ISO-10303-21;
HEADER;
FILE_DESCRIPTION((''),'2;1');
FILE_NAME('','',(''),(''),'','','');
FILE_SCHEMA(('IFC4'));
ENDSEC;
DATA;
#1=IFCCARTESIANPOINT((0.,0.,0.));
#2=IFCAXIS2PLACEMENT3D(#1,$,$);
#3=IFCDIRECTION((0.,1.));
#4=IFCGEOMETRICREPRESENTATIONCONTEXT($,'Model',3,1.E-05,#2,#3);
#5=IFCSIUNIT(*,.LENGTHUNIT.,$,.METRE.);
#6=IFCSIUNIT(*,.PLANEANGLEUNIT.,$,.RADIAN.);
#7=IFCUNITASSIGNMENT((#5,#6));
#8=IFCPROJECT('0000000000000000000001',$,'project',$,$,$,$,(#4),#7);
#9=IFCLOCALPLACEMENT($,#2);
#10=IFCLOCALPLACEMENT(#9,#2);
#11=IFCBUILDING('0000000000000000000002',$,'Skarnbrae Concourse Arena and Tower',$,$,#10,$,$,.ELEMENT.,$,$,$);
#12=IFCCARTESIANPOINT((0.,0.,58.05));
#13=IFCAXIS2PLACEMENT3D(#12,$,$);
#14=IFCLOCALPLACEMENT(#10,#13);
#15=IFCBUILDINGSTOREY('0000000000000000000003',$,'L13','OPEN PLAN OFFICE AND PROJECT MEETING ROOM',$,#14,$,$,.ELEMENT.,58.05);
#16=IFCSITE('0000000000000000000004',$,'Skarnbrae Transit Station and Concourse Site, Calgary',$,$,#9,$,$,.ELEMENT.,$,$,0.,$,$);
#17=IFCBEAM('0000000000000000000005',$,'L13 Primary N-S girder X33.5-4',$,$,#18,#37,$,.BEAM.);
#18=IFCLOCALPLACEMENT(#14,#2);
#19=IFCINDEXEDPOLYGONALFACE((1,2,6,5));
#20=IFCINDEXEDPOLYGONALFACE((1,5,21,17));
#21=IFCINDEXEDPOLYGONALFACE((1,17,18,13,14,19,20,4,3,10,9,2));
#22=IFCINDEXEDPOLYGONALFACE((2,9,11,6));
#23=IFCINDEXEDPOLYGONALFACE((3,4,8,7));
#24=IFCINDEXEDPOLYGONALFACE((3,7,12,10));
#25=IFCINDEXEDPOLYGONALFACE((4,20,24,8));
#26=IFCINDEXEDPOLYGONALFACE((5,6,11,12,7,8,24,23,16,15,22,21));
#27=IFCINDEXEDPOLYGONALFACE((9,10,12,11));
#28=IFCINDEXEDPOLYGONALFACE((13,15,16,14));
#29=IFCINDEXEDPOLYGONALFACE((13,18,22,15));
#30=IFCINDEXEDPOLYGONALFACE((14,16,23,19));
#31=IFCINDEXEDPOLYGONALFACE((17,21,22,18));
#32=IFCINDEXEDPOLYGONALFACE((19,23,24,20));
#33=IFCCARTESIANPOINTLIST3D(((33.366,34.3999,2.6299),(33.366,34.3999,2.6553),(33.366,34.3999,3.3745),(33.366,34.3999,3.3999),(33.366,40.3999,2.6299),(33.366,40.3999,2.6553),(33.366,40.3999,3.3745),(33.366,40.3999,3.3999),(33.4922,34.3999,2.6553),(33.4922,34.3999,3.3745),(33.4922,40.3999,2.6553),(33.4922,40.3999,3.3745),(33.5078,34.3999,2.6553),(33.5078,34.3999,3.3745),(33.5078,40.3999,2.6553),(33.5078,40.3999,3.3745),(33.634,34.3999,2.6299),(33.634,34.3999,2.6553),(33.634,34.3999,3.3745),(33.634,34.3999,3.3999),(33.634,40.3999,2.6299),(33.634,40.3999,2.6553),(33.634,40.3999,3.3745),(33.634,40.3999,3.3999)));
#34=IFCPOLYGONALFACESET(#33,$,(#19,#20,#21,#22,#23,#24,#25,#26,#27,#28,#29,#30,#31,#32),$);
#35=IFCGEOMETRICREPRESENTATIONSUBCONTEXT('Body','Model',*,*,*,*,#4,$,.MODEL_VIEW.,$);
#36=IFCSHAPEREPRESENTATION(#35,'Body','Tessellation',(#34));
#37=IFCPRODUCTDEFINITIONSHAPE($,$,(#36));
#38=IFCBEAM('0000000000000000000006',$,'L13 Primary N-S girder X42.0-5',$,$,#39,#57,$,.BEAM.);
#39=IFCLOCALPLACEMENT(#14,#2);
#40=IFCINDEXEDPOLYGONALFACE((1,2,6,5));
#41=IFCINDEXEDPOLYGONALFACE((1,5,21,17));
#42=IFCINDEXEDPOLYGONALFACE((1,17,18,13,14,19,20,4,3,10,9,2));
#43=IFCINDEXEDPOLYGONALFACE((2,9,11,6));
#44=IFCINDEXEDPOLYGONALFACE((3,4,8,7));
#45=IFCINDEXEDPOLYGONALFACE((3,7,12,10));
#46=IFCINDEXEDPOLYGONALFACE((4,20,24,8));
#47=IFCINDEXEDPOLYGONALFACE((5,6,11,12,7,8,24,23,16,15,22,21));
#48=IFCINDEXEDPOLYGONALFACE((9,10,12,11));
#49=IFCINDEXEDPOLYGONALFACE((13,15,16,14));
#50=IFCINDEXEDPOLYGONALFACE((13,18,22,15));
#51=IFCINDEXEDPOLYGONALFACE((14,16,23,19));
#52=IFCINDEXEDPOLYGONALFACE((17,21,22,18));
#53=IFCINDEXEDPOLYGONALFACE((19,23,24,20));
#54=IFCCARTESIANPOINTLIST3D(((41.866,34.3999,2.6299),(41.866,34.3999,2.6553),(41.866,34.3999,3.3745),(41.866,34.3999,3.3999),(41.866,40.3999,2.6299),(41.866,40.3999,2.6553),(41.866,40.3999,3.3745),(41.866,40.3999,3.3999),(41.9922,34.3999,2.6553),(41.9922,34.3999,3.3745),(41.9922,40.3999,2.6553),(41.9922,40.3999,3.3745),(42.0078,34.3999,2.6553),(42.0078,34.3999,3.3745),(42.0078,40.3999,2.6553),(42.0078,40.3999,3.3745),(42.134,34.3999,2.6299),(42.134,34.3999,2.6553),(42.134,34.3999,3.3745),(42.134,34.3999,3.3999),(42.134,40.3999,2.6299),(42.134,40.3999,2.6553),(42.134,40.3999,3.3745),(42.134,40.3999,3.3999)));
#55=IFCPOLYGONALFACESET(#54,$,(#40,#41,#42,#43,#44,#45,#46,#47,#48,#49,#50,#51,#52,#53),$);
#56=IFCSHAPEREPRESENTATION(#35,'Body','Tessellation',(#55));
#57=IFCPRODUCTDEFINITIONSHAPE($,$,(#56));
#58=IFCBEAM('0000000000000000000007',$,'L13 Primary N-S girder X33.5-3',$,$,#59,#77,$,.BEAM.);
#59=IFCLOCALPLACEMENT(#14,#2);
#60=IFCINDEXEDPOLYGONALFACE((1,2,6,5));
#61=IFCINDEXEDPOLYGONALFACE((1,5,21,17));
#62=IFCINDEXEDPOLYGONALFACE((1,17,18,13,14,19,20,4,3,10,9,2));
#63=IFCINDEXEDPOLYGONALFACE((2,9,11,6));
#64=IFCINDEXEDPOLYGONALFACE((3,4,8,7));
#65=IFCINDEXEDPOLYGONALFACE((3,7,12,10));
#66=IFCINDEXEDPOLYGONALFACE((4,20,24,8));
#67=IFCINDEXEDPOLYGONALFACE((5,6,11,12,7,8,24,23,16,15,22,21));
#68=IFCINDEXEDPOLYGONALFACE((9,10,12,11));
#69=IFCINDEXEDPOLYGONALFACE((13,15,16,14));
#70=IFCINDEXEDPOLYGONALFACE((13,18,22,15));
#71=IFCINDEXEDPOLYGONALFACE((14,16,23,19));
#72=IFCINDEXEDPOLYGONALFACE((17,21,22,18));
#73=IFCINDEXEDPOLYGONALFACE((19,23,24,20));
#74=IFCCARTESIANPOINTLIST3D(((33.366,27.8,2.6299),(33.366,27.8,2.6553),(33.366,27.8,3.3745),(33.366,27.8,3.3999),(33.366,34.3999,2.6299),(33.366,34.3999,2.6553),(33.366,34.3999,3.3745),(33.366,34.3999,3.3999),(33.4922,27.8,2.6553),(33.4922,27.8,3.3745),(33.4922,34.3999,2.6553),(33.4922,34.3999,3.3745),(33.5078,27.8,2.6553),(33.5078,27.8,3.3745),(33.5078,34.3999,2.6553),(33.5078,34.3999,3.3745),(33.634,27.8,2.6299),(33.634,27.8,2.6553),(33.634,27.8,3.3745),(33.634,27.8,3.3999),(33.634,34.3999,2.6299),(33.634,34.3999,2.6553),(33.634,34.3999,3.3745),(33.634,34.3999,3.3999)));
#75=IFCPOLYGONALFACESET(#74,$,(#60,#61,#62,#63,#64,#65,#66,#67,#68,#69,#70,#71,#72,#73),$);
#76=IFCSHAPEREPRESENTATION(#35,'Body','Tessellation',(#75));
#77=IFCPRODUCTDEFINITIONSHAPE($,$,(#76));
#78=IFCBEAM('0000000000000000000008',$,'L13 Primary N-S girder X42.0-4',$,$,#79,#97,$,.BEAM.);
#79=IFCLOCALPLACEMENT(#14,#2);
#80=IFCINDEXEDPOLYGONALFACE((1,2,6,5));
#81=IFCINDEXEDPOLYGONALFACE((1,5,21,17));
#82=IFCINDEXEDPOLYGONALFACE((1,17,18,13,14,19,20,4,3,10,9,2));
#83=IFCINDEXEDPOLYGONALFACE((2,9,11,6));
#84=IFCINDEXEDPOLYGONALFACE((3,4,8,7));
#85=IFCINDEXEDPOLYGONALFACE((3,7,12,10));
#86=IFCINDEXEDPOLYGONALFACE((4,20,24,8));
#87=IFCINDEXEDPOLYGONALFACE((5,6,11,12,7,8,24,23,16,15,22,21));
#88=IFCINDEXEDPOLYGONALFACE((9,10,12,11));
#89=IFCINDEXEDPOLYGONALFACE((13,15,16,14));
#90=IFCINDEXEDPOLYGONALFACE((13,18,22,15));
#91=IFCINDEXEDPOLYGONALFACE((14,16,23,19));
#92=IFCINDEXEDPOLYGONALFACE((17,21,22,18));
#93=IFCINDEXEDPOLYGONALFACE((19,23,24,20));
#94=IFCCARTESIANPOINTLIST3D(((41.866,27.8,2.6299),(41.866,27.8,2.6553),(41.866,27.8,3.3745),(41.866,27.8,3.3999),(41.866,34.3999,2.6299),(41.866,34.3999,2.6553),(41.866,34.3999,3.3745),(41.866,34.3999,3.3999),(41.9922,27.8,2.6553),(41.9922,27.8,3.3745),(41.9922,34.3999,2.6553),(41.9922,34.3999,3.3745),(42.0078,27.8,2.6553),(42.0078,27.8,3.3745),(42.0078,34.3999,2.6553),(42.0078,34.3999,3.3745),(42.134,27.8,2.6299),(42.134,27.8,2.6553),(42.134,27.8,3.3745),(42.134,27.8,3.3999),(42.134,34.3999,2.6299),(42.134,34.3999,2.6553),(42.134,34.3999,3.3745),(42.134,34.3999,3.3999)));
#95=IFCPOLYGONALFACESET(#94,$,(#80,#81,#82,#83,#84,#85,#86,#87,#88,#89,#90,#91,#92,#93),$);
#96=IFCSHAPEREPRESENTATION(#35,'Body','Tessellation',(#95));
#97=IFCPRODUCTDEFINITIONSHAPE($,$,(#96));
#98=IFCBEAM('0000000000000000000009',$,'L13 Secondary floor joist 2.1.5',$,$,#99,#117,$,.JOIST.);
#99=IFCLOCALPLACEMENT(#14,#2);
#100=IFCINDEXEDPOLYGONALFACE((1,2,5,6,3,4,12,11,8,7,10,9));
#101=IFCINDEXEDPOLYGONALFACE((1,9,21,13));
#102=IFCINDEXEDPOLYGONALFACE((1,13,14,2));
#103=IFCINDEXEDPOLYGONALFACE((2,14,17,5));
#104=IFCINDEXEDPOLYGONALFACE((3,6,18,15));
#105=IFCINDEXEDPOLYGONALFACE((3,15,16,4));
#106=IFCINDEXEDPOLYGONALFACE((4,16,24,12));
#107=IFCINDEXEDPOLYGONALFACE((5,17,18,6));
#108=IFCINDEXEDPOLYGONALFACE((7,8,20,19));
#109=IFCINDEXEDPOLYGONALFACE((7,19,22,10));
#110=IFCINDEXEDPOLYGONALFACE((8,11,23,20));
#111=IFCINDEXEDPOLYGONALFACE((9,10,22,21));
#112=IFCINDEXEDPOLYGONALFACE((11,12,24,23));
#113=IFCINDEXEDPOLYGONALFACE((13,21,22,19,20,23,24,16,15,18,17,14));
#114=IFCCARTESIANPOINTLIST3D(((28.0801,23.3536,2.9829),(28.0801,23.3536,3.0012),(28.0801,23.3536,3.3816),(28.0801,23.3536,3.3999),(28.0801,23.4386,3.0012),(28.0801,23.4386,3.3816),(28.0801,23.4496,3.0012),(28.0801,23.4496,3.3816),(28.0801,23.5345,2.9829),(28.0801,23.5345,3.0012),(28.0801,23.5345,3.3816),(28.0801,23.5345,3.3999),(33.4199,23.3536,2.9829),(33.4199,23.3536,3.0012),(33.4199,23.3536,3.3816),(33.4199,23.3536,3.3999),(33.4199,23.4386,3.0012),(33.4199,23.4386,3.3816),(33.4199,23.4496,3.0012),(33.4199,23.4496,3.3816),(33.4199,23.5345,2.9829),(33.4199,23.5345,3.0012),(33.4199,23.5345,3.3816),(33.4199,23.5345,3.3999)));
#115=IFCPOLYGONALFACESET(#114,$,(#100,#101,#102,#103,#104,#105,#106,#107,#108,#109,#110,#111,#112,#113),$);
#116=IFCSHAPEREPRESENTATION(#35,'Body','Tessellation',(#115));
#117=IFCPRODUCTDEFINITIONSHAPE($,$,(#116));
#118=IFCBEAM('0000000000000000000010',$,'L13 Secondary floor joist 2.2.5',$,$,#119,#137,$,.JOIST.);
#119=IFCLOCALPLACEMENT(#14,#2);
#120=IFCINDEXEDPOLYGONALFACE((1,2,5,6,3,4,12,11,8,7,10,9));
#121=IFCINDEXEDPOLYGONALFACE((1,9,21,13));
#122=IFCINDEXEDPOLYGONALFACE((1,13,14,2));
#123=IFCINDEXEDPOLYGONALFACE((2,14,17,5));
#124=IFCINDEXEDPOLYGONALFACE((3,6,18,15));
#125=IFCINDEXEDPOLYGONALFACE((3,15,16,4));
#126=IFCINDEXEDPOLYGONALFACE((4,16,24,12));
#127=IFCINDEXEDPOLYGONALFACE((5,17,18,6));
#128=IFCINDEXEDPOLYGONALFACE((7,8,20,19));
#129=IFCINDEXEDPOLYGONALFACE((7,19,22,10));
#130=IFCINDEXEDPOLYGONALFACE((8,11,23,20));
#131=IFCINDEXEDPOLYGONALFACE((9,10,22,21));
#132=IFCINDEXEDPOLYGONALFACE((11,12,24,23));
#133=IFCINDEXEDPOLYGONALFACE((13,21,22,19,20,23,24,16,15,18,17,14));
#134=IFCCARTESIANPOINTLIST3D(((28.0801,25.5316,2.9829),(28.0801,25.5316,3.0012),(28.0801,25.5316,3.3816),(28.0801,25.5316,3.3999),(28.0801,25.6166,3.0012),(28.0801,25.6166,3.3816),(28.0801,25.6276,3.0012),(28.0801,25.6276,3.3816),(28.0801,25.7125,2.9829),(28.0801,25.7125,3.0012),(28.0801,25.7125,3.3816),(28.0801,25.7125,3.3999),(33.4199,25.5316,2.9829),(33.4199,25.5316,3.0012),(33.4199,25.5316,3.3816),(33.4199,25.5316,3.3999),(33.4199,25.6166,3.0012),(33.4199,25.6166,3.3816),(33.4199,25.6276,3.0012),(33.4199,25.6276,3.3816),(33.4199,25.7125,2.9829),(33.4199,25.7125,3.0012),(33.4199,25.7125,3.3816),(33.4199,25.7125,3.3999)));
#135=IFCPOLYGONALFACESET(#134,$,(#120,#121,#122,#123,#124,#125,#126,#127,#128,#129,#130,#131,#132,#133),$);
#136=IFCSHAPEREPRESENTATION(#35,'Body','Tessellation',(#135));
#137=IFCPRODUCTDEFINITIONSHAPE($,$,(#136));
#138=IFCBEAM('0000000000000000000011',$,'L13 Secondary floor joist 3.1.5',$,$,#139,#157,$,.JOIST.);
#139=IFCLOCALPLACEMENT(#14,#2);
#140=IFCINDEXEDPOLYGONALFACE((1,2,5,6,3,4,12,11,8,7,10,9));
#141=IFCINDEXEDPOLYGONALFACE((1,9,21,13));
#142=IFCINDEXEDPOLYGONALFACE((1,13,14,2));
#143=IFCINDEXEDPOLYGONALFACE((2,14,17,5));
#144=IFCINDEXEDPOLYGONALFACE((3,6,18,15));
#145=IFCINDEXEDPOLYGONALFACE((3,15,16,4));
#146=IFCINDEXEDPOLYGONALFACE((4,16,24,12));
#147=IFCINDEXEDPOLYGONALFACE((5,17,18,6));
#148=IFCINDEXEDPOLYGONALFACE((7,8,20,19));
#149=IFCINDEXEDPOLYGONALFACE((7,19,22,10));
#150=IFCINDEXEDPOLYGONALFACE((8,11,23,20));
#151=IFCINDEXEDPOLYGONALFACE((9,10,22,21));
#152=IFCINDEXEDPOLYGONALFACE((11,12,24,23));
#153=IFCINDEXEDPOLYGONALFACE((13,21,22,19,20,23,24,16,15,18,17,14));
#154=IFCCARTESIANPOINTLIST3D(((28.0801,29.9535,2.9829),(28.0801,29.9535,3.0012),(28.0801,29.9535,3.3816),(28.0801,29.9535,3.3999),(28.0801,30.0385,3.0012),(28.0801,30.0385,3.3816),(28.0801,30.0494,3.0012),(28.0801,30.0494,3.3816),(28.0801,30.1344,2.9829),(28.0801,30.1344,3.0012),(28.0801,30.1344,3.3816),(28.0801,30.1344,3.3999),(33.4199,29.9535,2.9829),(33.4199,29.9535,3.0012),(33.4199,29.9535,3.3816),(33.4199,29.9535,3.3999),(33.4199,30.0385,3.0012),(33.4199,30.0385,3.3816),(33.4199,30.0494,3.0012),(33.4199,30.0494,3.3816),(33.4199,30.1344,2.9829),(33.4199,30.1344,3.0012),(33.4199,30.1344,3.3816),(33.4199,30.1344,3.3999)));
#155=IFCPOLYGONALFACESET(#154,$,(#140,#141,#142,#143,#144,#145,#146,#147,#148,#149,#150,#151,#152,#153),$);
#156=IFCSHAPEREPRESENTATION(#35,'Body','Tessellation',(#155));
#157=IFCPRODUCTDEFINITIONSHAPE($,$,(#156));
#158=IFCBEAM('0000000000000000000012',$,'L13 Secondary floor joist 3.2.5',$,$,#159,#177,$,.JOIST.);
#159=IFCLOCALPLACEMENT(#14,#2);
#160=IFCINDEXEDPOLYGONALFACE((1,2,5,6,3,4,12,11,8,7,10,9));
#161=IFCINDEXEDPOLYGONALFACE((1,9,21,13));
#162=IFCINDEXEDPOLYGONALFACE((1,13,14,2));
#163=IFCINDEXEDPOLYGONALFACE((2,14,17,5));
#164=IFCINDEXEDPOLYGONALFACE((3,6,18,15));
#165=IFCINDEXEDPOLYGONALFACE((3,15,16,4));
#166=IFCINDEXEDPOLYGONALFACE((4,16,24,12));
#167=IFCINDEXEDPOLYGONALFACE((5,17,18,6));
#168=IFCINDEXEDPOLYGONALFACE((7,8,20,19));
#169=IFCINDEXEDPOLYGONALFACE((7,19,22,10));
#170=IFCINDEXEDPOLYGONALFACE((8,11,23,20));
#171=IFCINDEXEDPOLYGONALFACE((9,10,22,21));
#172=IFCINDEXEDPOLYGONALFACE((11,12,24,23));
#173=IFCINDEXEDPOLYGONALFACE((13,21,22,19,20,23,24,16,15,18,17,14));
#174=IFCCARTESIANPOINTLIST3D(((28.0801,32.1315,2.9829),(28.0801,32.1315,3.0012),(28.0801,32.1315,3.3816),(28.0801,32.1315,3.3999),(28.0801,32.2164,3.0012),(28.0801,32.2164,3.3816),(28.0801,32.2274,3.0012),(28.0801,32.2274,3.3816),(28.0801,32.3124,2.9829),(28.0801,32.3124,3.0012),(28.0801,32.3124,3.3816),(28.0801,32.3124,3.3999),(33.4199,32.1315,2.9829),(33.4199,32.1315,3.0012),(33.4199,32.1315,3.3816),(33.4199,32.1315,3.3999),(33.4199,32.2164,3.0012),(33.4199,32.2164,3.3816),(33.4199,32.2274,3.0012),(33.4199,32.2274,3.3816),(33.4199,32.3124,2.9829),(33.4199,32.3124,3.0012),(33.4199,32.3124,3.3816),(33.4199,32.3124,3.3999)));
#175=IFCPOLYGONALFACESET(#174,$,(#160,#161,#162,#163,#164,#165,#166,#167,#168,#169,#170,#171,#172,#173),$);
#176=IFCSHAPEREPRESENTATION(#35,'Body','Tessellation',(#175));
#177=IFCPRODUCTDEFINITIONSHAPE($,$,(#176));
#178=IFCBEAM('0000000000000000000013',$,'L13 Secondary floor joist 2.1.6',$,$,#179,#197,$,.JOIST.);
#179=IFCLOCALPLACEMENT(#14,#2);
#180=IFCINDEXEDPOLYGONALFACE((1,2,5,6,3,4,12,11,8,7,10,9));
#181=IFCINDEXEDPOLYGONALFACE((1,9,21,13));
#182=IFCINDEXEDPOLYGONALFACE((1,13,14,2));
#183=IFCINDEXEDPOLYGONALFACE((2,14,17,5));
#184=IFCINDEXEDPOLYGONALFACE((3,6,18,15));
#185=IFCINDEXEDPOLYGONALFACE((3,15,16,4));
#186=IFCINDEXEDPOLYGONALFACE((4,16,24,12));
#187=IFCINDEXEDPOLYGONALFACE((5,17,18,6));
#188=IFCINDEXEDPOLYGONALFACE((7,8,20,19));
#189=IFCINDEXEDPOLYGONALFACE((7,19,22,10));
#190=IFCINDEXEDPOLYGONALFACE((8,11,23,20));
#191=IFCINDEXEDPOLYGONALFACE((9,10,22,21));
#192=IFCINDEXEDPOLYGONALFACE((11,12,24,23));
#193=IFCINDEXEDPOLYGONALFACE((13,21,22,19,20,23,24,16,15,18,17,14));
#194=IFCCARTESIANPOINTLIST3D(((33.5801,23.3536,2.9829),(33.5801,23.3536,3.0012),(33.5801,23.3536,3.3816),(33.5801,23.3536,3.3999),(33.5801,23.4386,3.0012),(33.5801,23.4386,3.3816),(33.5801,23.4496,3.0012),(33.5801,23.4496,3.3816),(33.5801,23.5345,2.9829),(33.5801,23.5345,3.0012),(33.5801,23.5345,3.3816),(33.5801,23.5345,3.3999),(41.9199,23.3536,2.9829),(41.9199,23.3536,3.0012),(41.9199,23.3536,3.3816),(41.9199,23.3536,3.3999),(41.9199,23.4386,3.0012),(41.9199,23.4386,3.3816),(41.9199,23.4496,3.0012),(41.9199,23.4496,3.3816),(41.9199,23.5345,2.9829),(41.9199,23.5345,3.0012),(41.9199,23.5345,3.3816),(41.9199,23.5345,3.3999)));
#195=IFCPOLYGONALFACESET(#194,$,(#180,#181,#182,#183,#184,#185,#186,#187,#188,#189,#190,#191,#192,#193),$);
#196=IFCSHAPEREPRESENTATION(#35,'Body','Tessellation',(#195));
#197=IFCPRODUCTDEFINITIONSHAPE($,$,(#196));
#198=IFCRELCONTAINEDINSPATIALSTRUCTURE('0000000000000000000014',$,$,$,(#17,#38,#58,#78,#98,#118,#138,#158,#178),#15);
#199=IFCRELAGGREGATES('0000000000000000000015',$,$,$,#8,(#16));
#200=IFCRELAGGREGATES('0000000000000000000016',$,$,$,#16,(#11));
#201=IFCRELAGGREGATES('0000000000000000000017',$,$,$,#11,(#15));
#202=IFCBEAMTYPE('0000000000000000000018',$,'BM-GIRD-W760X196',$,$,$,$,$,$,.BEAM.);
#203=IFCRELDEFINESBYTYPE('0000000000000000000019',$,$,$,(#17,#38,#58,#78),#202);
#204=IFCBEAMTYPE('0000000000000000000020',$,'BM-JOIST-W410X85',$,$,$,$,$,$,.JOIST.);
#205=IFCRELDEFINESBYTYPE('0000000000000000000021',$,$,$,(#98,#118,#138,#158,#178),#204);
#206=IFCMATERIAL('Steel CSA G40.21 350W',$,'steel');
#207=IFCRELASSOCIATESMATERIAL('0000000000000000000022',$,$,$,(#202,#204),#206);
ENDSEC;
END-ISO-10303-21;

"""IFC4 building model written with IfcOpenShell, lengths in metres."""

from ifc_helpers import new_model, si_unit, direction, frame, origin, origin_2d, place, context, subcontext, project, spatial, i_section, extrude, source, transform, mapped, material, material_profile, profile_set, type_object, element, save


model = new_model("IFC4")

# Units and contexts
model_context = context("Model", 3, precision=1e-05, world=origin(), true_north=direction((0.0, 1.0)))
body_context = subcontext(model_context, "Body", "Model", "MODEL_VIEW")
ifc_project = project(units=[si_unit("LENGTHUNIT", "METRE"), si_unit("PLANEANGLEUNIT", "RADIAN")], contexts=[model_context])

# Site, building, storey
site_placement = place(None, origin())
site = spatial("IfcSite", under=ifc_project, at=site_placement, Name="Skarnbrae Transit Station and Concourse Site, Calgary", CompositionType="ELEMENT", RefElevation=0.0)
building_placement = place(site_placement, origin())
building = spatial("IfcBuilding", under=site, at=building_placement, Name="Skarnbrae Concourse Arena and Tower", CompositionType="ELEMENT")
storey_placement = place(building_placement, frame((0.0, 0.0, 58.05)))
storey = spatial("IfcBuildingStorey", under=building, at=storey_placement, Name="L13", Description="OPEN PLAN OFFICE AND PROJECT MEETING ROOM", CompositionType="ELEMENT", Elevation=58.05)

# Shared definitions
ifc_material_1 = material(Name="Steel CSA G40.21 350W", Category="steel")

# Beams
ifc_material_profile_1 = material_profile(ifc_material_1, i_section(OverallWidth=0.2681, OverallDepth=0.77, WebThickness=0.0156, FlangeThickness=0.0254, at=origin_2d()), Name="W760X196")
ifc_profile_set_1 = profile_set([ifc_material_profile_1], Name="Steel CSA G40.21 350W")
beam_type_1 = type_object("IfcBeamType", Name="BM-GIRD-W760X196", PredefinedType="BEAM", material=ifc_profile_set_1)
shared_shape_1 = source(origin(), body_context, "Body", "SweptSolid", [
    extrude(i_section(OverallWidth=0.2681, OverallDepth=0.77, WebThickness=0.0156, FlangeThickness=0.0254, at=origin_2d()), origin(), (0.0, 0.0, 1.0), 6.0),
])
for number, where, z_axis, x_axis, name in (
    (1, (33.5, 34.3999, 3.0149), (0.0, 1.0, 0.0), (-1.0, 0.0, 0.0), "L13 Primary N-S girder X33.5-4"),
    (2, (42.0, 34.3999, 3.0149), (0.0, 1.0, 0.0), (-1.0, 0.0, 0.0), "L13 Primary N-S girder X42.0-5"),
):
    element("IfcBeam", number, at=place(storey_placement, frame(where, z_axis=z_axis, x_axis=x_axis)), inside=storey, type_object=beam_type_1, Name=name, PredefinedType="BEAM", context=body_context, shape_type="MappedRepresentation", body=[
        mapped(shared_shape_1, transform((0.0, 0.0, 0.0))),
    ])
shared_shape_2 = source(origin(), body_context, "Body", "SweptSolid", [
    extrude(i_section(OverallWidth=0.2681, OverallDepth=0.77, WebThickness=0.0156, FlangeThickness=0.0254, at=origin_2d()), origin(), (0.0, 0.0, 1.0), 6.5999),
])
for number, where, z_axis, x_axis, name in (
    (3, (33.5, 27.8, 3.0149), (0.0, 1.0, 0.0), (-1.0, 0.0, 0.0), "L13 Primary N-S girder X33.5-3"),
    (4, (42.0, 27.8, 3.0149), (0.0, 1.0, 0.0), (-1.0, 0.0, 0.0), "L13 Primary N-S girder X42.0-4"),
):
    element("IfcBeam", number, at=place(storey_placement, frame(where, z_axis=z_axis, x_axis=x_axis)), inside=storey, type_object=beam_type_1, Name=name, PredefinedType="BEAM", context=body_context, shape_type="MappedRepresentation", body=[
        mapped(shared_shape_2, transform((0.0, 0.0, 0.0))),
    ])
ifc_material_profile_2 = material_profile(ifc_material_1, i_section(OverallWidth=0.1809, OverallDepth=0.417, WebThickness=0.011, FlangeThickness=0.0183, at=origin_2d()), Name="W410X85")
ifc_profile_set_2 = profile_set([ifc_material_profile_2], Name="Steel CSA G40.21 350W")
beam_type_2 = type_object("IfcBeamType", Name="BM-JOIST-W410X85", PredefinedType="JOIST", material=ifc_profile_set_2)
shared_shape_3 = source(origin(), body_context, "Body", "SweptSolid", [
    extrude(i_section(OverallWidth=0.1809, OverallDepth=0.417, WebThickness=0.011, FlangeThickness=0.0183, at=origin_2d()), origin(), (0.0, 0.0, 1.0), 5.3398),
])
for number, where, z_axis, x_axis, name in (
    (5, (28.0801, 23.4441, 3.1914), (1.0, 0.0, 0.0), (0.0, 1.0, 0.0), "L13 Secondary floor joist 2.1.5"),
    (6, (28.0801, 25.6221, 3.1914), (1.0, 0.0, 0.0), (0.0, 1.0, 0.0), "L13 Secondary floor joist 2.2.5"),
    (7, (28.0801, 30.0439, 3.1914), (1.0, 0.0, 0.0), (0.0, 1.0, 0.0), "L13 Secondary floor joist 3.1.5"),
    (8, (28.0801, 32.2219, 3.1914), (1.0, 0.0, 0.0), (0.0, 1.0, 0.0), "L13 Secondary floor joist 3.2.5"),
):
    element("IfcBeam", number, at=place(storey_placement, frame(where, z_axis=z_axis, x_axis=x_axis)), inside=storey, type_object=beam_type_2, Name=name, PredefinedType="JOIST", context=body_context, shape_type="MappedRepresentation", body=[
        mapped(shared_shape_3, transform((0.0, 0.0, 0.0))),
    ])
shared_shape_4 = source(origin(), body_context, "Body", "SweptSolid", [
    extrude(i_section(OverallWidth=0.1809, OverallDepth=0.417, WebThickness=0.011, FlangeThickness=0.0183, at=origin_2d()), origin(), (0.0, 0.0, 1.0), 8.3398),
])
for number, where, z_axis, x_axis, name in (
    (9, (33.5801, 23.4441, 3.1914), (1.0, 0.0, 0.0), (0.0, 1.0, 0.0), "L13 Secondary floor joist 2.1.6"),
):
    element("IfcBeam", number, at=place(storey_placement, frame(where, z_axis=z_axis, x_axis=x_axis)), inside=storey, type_object=beam_type_2, Name=name, PredefinedType="JOIST", context=body_context, shape_type="MappedRepresentation", body=[
        mapped(shared_shape_4, transform((0.0, 0.0, 0.0))),
    ])

save(model, "model.ifc")
